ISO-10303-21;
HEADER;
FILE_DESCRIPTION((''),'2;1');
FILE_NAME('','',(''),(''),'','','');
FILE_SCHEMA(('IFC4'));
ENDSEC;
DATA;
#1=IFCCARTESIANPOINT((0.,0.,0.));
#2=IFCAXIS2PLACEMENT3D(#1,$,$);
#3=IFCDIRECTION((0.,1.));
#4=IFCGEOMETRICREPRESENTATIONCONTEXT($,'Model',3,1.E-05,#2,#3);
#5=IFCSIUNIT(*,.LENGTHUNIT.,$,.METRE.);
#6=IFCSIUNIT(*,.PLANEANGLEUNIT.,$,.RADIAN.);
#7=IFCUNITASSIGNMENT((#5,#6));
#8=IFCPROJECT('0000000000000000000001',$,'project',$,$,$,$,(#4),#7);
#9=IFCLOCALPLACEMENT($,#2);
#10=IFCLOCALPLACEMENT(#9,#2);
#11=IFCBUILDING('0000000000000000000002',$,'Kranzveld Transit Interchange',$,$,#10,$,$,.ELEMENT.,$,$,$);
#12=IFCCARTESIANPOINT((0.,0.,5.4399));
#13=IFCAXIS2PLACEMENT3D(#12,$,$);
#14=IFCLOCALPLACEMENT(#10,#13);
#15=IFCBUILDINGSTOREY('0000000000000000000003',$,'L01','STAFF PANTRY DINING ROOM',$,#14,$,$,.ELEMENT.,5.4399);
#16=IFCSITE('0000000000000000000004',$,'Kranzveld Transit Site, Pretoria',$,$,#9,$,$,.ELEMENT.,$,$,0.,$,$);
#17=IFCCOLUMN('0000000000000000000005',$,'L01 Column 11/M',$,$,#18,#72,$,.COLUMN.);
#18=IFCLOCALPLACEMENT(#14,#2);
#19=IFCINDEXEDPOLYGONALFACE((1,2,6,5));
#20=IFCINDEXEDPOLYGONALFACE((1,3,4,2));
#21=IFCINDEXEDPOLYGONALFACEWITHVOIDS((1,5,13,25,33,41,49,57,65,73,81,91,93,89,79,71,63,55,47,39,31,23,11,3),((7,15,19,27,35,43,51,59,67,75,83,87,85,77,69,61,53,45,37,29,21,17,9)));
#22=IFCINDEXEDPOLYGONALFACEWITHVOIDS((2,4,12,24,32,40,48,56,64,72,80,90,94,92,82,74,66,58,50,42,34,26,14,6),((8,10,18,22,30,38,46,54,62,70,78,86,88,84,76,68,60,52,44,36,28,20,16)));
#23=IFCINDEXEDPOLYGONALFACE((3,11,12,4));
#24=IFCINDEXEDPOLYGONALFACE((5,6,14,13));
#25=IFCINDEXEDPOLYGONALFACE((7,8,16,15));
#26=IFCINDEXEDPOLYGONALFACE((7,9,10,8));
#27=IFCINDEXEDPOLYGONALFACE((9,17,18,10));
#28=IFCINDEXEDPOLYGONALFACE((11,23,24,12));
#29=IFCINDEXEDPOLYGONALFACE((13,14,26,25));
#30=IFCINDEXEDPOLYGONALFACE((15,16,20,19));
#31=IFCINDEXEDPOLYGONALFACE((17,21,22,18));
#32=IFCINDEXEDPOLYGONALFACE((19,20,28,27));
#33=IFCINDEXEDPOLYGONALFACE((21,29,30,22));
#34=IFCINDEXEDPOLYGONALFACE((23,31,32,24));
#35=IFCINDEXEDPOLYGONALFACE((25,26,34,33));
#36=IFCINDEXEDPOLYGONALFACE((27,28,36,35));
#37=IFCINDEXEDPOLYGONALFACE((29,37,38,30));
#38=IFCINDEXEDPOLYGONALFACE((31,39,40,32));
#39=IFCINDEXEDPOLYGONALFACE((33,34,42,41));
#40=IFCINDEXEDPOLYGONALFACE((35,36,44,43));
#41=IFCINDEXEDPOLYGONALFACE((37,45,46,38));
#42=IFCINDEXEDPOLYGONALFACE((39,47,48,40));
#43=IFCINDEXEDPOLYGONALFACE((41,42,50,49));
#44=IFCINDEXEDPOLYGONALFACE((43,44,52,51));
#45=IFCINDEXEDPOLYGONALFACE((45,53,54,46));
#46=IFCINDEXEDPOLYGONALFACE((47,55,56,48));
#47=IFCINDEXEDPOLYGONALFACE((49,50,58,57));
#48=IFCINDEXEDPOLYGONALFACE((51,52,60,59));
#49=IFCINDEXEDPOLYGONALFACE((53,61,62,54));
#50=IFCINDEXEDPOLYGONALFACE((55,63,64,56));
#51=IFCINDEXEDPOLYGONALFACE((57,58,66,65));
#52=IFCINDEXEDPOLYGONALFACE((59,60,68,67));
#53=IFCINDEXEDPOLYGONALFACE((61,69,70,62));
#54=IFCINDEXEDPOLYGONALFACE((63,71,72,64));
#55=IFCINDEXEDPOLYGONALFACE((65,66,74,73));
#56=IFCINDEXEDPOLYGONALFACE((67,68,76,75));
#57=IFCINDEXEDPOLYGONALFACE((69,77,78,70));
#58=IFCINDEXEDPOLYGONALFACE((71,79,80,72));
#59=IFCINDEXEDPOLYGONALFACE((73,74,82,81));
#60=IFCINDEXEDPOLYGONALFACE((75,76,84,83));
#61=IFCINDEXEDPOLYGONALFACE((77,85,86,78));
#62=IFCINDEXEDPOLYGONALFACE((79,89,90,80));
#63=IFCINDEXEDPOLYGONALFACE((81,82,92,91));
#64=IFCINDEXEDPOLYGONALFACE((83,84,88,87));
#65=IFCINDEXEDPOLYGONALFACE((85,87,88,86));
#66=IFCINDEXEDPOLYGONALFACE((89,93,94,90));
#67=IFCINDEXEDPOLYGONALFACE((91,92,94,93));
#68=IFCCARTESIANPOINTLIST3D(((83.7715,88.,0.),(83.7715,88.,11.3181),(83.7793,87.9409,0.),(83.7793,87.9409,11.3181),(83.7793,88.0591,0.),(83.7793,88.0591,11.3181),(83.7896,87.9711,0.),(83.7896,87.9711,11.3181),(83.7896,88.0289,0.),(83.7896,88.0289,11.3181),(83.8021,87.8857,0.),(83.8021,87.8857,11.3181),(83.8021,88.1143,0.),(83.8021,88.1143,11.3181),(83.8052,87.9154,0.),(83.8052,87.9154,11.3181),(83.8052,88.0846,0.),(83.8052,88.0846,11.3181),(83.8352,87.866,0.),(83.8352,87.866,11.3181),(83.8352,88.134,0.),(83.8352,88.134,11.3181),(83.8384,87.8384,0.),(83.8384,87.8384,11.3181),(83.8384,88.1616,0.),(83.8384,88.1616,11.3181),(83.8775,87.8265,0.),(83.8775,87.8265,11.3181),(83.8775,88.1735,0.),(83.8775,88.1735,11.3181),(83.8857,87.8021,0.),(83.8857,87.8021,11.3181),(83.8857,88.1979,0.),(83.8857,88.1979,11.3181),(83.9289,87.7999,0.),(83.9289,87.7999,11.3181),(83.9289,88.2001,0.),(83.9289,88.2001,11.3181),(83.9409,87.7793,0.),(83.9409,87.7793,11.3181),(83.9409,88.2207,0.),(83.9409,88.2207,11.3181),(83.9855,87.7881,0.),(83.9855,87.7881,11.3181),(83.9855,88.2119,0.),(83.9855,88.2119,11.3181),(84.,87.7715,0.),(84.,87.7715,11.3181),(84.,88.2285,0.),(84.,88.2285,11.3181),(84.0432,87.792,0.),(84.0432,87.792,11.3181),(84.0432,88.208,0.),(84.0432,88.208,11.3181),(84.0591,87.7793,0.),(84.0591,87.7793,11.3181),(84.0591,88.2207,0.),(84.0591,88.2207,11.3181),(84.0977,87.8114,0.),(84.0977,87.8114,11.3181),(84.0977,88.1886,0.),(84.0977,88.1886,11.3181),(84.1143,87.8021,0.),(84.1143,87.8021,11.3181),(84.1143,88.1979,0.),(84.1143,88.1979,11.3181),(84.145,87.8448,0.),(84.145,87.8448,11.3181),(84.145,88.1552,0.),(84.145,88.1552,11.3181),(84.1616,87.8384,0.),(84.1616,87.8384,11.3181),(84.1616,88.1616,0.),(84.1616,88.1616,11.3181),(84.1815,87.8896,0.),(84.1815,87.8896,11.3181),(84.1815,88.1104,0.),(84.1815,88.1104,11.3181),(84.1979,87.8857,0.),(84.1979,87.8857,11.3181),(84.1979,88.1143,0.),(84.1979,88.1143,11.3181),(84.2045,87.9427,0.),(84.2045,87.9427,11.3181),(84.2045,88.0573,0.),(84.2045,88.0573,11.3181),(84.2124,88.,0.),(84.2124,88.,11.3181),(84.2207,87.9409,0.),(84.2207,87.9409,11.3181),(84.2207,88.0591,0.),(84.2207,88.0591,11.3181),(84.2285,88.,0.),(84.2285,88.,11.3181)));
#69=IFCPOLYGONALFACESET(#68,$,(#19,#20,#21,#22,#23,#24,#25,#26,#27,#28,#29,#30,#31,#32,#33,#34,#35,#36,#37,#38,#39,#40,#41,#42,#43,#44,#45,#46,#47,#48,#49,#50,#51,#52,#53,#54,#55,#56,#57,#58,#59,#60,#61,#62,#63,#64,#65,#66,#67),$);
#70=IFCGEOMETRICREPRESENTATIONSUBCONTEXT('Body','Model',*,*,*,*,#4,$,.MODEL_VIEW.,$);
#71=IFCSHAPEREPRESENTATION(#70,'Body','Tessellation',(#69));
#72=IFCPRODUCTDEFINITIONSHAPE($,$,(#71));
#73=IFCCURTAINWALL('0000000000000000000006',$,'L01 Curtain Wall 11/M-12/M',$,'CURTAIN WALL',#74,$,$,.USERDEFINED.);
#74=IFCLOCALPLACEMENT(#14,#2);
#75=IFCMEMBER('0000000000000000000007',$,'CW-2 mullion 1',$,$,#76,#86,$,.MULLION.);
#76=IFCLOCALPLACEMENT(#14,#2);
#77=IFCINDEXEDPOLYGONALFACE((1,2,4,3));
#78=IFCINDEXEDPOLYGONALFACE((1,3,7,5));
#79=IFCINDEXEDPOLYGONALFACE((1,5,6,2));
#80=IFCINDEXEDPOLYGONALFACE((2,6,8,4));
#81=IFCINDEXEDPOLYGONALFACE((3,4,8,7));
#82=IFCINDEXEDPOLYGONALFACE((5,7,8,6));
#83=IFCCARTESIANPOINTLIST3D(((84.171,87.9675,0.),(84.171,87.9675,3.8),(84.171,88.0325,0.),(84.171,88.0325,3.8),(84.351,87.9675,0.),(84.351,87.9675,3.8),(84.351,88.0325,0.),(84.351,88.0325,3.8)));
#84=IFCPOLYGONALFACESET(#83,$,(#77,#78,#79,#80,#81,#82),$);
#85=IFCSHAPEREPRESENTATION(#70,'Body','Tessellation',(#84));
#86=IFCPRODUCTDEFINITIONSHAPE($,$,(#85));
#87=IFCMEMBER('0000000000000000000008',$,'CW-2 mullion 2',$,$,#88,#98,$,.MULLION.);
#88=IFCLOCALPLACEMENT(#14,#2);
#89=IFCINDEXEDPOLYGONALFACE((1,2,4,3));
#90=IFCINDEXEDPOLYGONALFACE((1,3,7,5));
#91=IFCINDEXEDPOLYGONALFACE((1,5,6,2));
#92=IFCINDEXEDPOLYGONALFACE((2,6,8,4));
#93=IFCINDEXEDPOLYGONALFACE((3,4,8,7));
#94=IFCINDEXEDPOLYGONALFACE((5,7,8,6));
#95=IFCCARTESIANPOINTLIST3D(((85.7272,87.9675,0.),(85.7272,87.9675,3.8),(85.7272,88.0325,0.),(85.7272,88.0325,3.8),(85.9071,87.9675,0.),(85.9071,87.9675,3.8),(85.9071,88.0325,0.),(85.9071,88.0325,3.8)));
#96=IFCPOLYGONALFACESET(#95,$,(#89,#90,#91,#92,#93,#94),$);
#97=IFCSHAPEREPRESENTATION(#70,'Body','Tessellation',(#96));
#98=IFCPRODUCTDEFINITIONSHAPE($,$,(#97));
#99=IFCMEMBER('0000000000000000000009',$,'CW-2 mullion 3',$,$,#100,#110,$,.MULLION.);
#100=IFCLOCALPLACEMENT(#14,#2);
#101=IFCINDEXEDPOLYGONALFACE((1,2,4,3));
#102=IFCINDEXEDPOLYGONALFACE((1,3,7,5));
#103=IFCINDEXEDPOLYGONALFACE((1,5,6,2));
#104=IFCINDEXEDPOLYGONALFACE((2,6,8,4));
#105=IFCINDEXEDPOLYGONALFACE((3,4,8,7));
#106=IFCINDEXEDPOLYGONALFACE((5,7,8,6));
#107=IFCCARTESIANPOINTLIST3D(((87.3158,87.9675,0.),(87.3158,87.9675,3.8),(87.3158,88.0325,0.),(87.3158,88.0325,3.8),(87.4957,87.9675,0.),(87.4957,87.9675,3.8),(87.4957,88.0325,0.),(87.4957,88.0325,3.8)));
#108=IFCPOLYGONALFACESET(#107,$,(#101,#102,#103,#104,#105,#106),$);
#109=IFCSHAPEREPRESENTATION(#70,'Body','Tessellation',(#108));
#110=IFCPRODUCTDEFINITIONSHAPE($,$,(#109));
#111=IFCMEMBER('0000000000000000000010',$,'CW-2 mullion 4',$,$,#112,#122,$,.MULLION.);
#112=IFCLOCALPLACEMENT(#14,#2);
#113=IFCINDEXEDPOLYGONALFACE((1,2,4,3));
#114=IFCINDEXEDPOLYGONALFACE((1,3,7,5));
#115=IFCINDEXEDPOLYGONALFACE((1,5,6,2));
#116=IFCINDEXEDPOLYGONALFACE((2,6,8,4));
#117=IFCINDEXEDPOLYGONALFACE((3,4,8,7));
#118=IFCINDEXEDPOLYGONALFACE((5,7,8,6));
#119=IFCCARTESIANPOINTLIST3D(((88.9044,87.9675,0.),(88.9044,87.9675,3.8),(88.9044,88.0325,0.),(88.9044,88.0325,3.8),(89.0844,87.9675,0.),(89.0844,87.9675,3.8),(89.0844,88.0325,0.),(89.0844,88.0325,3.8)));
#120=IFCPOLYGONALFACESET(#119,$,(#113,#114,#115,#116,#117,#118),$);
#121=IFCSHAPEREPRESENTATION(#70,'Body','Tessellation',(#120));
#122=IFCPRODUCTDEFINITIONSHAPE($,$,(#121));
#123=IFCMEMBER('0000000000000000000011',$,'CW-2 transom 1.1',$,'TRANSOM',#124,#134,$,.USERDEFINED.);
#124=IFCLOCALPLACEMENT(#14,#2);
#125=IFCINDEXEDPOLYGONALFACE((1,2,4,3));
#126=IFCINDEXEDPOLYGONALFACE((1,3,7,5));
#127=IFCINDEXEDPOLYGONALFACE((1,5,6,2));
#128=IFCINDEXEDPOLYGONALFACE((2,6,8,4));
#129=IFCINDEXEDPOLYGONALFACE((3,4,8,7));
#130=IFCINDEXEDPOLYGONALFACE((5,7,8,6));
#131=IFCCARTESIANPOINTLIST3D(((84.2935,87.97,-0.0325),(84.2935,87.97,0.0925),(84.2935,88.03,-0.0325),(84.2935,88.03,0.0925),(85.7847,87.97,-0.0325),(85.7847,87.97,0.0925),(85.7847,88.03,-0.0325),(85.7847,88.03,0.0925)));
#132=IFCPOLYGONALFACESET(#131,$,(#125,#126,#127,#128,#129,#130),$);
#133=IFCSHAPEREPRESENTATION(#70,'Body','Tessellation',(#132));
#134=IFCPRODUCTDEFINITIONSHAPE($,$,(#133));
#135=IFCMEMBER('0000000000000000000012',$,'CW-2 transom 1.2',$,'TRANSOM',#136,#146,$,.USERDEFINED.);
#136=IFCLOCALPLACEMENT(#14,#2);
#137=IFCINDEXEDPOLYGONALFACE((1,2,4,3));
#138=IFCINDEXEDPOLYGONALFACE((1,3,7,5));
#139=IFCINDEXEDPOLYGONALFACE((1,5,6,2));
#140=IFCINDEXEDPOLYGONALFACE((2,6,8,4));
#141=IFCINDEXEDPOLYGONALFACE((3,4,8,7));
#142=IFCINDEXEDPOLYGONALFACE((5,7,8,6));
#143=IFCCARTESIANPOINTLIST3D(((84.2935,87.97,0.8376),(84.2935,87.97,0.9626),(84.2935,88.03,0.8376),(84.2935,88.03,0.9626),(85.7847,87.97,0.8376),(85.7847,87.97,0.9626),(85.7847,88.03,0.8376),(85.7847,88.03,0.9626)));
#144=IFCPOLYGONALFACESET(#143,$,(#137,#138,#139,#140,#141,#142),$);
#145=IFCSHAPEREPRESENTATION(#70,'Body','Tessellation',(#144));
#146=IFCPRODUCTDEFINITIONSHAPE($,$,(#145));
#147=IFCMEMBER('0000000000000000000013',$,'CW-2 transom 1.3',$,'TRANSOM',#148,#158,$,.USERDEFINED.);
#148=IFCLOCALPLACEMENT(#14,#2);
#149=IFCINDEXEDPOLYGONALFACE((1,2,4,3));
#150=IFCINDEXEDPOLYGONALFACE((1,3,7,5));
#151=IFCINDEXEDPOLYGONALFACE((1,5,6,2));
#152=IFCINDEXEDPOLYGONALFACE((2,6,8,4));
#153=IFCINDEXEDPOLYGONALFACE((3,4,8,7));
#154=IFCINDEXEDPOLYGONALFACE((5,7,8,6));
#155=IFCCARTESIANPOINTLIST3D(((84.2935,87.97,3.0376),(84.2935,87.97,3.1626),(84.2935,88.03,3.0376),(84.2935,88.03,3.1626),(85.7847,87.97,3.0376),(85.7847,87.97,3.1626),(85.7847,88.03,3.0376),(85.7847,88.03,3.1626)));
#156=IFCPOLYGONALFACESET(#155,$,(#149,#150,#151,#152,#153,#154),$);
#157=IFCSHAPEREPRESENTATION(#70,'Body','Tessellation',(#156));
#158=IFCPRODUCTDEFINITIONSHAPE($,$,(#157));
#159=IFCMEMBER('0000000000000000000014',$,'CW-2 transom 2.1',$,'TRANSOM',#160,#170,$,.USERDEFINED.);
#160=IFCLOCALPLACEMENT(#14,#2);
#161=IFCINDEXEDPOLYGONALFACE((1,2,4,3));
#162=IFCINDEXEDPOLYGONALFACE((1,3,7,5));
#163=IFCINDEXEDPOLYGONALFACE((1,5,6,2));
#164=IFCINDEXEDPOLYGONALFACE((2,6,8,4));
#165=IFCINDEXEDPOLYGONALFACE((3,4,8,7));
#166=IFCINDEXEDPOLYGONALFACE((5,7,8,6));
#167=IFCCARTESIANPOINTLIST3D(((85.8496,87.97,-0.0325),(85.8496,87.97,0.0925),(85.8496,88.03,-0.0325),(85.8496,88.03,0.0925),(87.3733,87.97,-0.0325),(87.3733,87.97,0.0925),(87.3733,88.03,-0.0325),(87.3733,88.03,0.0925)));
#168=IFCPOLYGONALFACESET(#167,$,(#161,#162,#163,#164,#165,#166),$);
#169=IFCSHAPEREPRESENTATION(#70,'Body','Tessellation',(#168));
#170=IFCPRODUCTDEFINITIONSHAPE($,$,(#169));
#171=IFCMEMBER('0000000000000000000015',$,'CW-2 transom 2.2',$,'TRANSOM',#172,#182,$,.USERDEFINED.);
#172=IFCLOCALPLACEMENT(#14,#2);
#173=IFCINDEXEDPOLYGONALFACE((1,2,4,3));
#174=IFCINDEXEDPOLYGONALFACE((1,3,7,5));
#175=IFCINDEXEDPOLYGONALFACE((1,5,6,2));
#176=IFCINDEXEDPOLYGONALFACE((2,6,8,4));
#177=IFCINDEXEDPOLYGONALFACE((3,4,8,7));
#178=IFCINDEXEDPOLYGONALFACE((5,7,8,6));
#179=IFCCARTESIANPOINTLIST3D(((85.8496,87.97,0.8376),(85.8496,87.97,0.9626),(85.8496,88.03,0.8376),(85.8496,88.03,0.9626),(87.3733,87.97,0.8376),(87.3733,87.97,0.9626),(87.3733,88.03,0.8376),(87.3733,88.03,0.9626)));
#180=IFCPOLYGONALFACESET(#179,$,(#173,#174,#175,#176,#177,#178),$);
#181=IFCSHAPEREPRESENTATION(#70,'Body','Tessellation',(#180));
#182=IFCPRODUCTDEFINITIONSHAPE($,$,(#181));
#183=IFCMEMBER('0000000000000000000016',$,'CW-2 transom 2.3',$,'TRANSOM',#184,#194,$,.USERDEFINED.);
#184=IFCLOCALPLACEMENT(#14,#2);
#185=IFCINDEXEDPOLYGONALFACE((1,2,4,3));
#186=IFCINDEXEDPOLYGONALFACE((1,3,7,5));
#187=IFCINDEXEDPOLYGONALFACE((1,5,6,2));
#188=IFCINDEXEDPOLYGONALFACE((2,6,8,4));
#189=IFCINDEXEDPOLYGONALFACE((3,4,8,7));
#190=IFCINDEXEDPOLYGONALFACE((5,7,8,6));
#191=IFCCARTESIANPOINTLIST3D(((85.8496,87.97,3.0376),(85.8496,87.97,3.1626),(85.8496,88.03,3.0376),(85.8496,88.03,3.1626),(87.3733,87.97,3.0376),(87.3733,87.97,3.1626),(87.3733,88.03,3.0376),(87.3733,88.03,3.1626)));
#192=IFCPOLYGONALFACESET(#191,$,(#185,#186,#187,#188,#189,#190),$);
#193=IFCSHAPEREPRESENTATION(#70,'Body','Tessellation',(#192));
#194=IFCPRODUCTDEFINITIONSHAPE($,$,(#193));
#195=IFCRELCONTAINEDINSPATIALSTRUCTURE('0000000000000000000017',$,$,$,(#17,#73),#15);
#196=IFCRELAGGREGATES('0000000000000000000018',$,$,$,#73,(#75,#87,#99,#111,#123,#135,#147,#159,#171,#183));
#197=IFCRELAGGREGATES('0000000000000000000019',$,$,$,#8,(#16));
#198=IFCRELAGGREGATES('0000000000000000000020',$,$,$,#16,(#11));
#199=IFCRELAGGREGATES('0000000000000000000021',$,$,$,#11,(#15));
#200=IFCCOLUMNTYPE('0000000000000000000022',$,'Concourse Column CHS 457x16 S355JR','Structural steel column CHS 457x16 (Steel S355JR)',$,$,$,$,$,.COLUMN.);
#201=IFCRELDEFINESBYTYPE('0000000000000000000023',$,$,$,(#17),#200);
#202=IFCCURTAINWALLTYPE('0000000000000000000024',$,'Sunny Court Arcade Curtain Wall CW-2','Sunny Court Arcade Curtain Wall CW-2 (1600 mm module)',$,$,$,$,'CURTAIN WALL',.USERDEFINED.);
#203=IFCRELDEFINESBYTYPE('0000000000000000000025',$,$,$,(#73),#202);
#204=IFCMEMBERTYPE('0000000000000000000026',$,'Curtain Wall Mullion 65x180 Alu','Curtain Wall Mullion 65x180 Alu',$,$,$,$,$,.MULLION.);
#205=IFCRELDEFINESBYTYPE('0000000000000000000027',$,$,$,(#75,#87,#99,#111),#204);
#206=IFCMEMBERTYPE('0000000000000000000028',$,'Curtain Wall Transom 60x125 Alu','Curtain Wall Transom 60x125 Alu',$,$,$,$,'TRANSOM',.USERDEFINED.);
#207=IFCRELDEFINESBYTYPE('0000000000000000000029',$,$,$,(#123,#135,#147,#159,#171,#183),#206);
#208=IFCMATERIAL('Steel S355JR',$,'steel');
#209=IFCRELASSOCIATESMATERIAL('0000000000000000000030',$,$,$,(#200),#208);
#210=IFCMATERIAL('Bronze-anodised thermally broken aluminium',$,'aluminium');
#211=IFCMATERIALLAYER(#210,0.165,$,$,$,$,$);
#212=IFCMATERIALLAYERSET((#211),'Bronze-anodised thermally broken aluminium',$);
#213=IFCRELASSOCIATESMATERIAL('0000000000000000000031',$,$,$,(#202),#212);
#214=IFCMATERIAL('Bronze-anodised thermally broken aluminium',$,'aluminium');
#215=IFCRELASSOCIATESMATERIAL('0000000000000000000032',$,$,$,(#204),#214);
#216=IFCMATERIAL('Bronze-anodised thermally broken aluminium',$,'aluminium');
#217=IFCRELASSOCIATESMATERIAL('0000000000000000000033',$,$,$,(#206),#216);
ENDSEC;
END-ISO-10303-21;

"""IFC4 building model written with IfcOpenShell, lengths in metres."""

from ifc_helpers import new_model, si_unit, direction, frame, origin, origin_2d, place, context, subcontext, project, spatial, rectangle, hollow_circle, extrude, material, layer, layer_set, material_profile, profile_set, type_object, element, aggregate, save


model = new_model("IFC4")

# Units and contexts
model_context = context("Model", 3, precision=1e-05, world=origin(), true_north=direction((0.0, 1.0)))
body_context = subcontext(model_context, "Body", "Model", "MODEL_VIEW")
ifc_project = project(units=[si_unit("LENGTHUNIT", "METRE"), si_unit("PLANEANGLEUNIT", "RADIAN")], contexts=[model_context])

# Site, building, storey
site_placement = place(None, origin())
site = spatial("IfcSite", under=ifc_project, at=site_placement, Name="Kranzveld Transit Site, Pretoria", CompositionType="ELEMENT", RefElevation=0.0)
building_placement = place(site_placement, origin())
building = spatial("IfcBuilding", under=site, at=building_placement, Name="Kranzveld Transit Interchange", CompositionType="ELEMENT")
storey_placement = place(building_placement, frame((0.0, 0.0, 5.4399)))
storey = spatial("IfcBuildingStorey", under=building, at=storey_placement, Name="L01", Description="STAFF PANTRY DINING ROOM", CompositionType="ELEMENT", Elevation=5.4399)

# Column
ifc_material_1 = material(Name="Steel S355JR", Category="steel")
ifc_material_profile_1 = material_profile(ifc_material_1, hollow_circle(Radius=0.2285, WallThickness=0.0161, at=origin_2d()), Name="CHS 457x16")
ifc_profile_set_1 = profile_set([ifc_material_profile_1], Name="Steel S355JR")
column_type = type_object("IfcColumnType", Name="Concourse Column CHS 457x16 S355JR", Description="Structural steel column CHS 457x16 (Steel S355JR)", PredefinedType="COLUMN", material=ifc_profile_set_1)
column_placement = place(storey_placement, frame((84.0, 88.0, 0.0), z_axis=(0.0, 0.0, 1.0), x_axis=(1.0, 0.0, 0.0)))
element("IfcColumn", 1, at=column_placement, inside=storey, type_object=column_type, Name="L01 Column 11/M", PredefinedType="COLUMN", context=body_context, shape_type="SweptSolid", body=[
    extrude(hollow_circle(Radius=0.2285, WallThickness=0.0161, at=origin_2d()), origin(), (0.0, 0.0, 1.0), 11.3181),
])

# Curtain wall, members
ifc_material_2 = material(Name="Bronze-anodised thermally broken aluminium", Category="aluminium")
ifc_layer_1 = layer(ifc_material_2, 0.165)
ifc_layer_set_1 = layer_set([ifc_layer_1], Name="Bronze-anodised thermally broken aluminium")
curtain_wall_type = type_object("IfcCurtainWallType", Name="Sunny Court Arcade Curtain Wall CW-2", Description="Sunny Court Arcade Curtain Wall CW-2 (1600 mm module)", ElementType="CURTAIN WALL", PredefinedType="USERDEFINED", material=ifc_layer_set_1)
curtain_wall_placement = place(storey_placement, origin())
curtain_wall = element("IfcCurtainWall", 2, at=curtain_wall_placement, inside=storey, type_object=curtain_wall_type, Name="L01 Curtain Wall 11/M-12/M", ObjectType="CURTAIN WALL", PredefinedType="USERDEFINED")
ifc_material_3 = material(Name="Bronze-anodised thermally broken aluminium", Category="aluminium")
ifc_material_profile_2 = material_profile(ifc_material_3, rectangle(XDim=0.0649, YDim=0.1799, at=origin_2d()), Name="ALU MULLION 65x180")
ifc_profile_set_2 = profile_set([ifc_material_profile_2], Name="Bronze-anodised thermally broken aluminium")
member_type_1 = type_object("IfcMemberType", Name="Curtain Wall Mullion 65x180 Alu", Description="Curtain Wall Mullion 65x180 Alu", PredefinedType="MULLION", material=ifc_profile_set_2)
member_1_placement = place(storey_placement, frame((84.261, 88.0, 0.0), z_axis=(0.0, 0.0, 1.0), x_axis=(0.0, 1.0, 0.0)))
member_1 = element("IfcMember", 3, at=member_1_placement, type_object=member_type_1, Name="CW-2 mullion 1", PredefinedType="MULLION", context=body_context, shape_type="SweptSolid", body=[
    extrude(rectangle(XDim=0.0649, YDim=0.1799, at=origin_2d()), origin(), (0.0, 0.0, 1.0), 3.8),
])
member_2_placement = place(storey_placement, frame((85.8171, 88.0, 0.0), z_axis=(0.0, 0.0, 1.0), x_axis=(0.0, 1.0, 0.0)))
member_2 = element("IfcMember", 4, at=member_2_placement, type_object=member_type_1, Name="CW-2 mullion 2", PredefinedType="MULLION", context=body_context, shape_type="SweptSolid", body=[
    extrude(rectangle(XDim=0.0649, YDim=0.1799, at=origin_2d()), origin(), (0.0, 0.0, 1.0), 3.8),
])
member_3_placement = place(storey_placement, frame((87.4058, 88.0, 0.0), z_axis=(0.0, 0.0, 1.0), x_axis=(0.0, 1.0, 0.0)))
member_3 = element("IfcMember", 5, at=member_3_placement, type_object=member_type_1, Name="CW-2 mullion 3", PredefinedType="MULLION", context=body_context, shape_type="SweptSolid", body=[
    extrude(rectangle(XDim=0.0649, YDim=0.1799, at=origin_2d()), origin(), (0.0, 0.0, 1.0), 3.8),
])
member_4_placement = place(storey_placement, frame((88.9944, 88.0, 0.0), z_axis=(0.0, 0.0, 1.0), x_axis=(0.0, 1.0, 0.0)))
member_4 = element("IfcMember", 6, at=member_4_placement, type_object=member_type_1, Name="CW-2 mullion 4", PredefinedType="MULLION", context=body_context, shape_type="SweptSolid", body=[
    extrude(rectangle(XDim=0.0649, YDim=0.1799, at=origin_2d()), origin(), (0.0, 0.0, 1.0), 3.8),
])
ifc_material_4 = material(Name="Bronze-anodised thermally broken aluminium", Category="aluminium")
ifc_material_profile_3 = material_profile(ifc_material_4, rectangle(XDim=0.0601, YDim=0.125, at=origin_2d()), Name="ALU TRANSOM 60x125")
ifc_profile_set_3 = profile_set([ifc_material_profile_3], Name="Bronze-anodised thermally broken aluminium")
member_type_2 = type_object("IfcMemberType", Name="Curtain Wall Transom 60x125 Alu", Description="Curtain Wall Transom 60x125 Alu", ElementType="TRANSOM", PredefinedType="USERDEFINED", material=ifc_profile_set_3)
member_5_placement = place(storey_placement, frame((84.2935, 88.0, 0.03), z_axis=(1.0, 0.0, 0.0), x_axis=(0.0, 1.0, 0.0)))
member_5 = element("IfcMember", 7, at=member_5_placement, type_object=member_type_2, Name="CW-2 transom 1.1", ObjectType="TRANSOM", PredefinedType="USERDEFINED", context=body_context, shape_type="SweptSolid", body=[
    extrude(rectangle(XDim=0.0601, YDim=0.125, at=origin_2d()), origin(), (0.0, 0.0, 1.0), 1.4912),
])
member_6_placement = place(storey_placement, frame((84.2935, 88.0, 0.9001), z_axis=(1.0, 0.0, 0.0), x_axis=(0.0, 1.0, 0.0)))
member_6 = element("IfcMember", 8, at=member_6_placement, type_object=member_type_2, Name="CW-2 transom 1.2", ObjectType="TRANSOM", PredefinedType="USERDEFINED", context=body_context, shape_type="SweptSolid", body=[
    extrude(rectangle(XDim=0.0601, YDim=0.125, at=origin_2d()), origin(), (0.0, 0.0, 1.0), 1.4912),
])
member_7_placement = place(storey_placement, frame((84.2935, 88.0, 3.1001), z_axis=(1.0, 0.0, 0.0), x_axis=(0.0, 1.0, 0.0)))
member_7 = element("IfcMember", 9, at=member_7_placement, type_object=member_type_2, Name="CW-2 transom 1.3", ObjectType="TRANSOM", PredefinedType="USERDEFINED", context=body_context, shape_type="SweptSolid", body=[
    extrude(rectangle(XDim=0.0601, YDim=0.125, at=origin_2d()), origin(), (0.0, 0.0, 1.0), 1.4912),
])
member_8_placement = place(storey_placement, frame((85.8496, 88.0, 0.03), z_axis=(1.0, 0.0, 0.0), x_axis=(0.0, 1.0, 0.0)))
member_8 = element("IfcMember", 10, at=member_8_placement, type_object=member_type_2, Name="CW-2 transom 2.1", ObjectType="TRANSOM", PredefinedType="USERDEFINED", context=body_context, shape_type="SweptSolid", body=[
    extrude(rectangle(XDim=0.0601, YDim=0.125, at=origin_2d()), origin(), (0.0, 0.0, 1.0), 1.5237),
])
member_9_placement = place(storey_placement, frame((85.8496, 88.0, 0.9001), z_axis=(1.0, 0.0, 0.0), x_axis=(0.0, 1.0, 0.0)))
member_9 = element("IfcMember", 11, at=member_9_placement, type_object=member_type_2, Name="CW-2 transom 2.2", ObjectType="TRANSOM", PredefinedType="USERDEFINED", context=body_context, shape_type="SweptSolid", body=[
    extrude(rectangle(XDim=0.0601, YDim=0.125, at=origin_2d()), origin(), (0.0, 0.0, 1.0), 1.5237),
])
member_10_placement = place(storey_placement, frame((85.8496, 88.0, 3.1001), z_axis=(1.0, 0.0, 0.0), x_axis=(0.0, 1.0, 0.0)))
member_10 = element("IfcMember", 12, at=member_10_placement, type_object=member_type_2, Name="CW-2 transom 2.3", ObjectType="TRANSOM", PredefinedType="USERDEFINED", context=body_context, shape_type="SweptSolid", body=[
    extrude(rectangle(XDim=0.0601, YDim=0.125, at=origin_2d()), origin(), (0.0, 0.0, 1.0), 1.5237),
])
aggregate(curtain_wall, [member_1, member_2, member_3, member_4, member_5, member_6, member_7, member_8, member_9, member_10])

save(model, "model.ifc")
